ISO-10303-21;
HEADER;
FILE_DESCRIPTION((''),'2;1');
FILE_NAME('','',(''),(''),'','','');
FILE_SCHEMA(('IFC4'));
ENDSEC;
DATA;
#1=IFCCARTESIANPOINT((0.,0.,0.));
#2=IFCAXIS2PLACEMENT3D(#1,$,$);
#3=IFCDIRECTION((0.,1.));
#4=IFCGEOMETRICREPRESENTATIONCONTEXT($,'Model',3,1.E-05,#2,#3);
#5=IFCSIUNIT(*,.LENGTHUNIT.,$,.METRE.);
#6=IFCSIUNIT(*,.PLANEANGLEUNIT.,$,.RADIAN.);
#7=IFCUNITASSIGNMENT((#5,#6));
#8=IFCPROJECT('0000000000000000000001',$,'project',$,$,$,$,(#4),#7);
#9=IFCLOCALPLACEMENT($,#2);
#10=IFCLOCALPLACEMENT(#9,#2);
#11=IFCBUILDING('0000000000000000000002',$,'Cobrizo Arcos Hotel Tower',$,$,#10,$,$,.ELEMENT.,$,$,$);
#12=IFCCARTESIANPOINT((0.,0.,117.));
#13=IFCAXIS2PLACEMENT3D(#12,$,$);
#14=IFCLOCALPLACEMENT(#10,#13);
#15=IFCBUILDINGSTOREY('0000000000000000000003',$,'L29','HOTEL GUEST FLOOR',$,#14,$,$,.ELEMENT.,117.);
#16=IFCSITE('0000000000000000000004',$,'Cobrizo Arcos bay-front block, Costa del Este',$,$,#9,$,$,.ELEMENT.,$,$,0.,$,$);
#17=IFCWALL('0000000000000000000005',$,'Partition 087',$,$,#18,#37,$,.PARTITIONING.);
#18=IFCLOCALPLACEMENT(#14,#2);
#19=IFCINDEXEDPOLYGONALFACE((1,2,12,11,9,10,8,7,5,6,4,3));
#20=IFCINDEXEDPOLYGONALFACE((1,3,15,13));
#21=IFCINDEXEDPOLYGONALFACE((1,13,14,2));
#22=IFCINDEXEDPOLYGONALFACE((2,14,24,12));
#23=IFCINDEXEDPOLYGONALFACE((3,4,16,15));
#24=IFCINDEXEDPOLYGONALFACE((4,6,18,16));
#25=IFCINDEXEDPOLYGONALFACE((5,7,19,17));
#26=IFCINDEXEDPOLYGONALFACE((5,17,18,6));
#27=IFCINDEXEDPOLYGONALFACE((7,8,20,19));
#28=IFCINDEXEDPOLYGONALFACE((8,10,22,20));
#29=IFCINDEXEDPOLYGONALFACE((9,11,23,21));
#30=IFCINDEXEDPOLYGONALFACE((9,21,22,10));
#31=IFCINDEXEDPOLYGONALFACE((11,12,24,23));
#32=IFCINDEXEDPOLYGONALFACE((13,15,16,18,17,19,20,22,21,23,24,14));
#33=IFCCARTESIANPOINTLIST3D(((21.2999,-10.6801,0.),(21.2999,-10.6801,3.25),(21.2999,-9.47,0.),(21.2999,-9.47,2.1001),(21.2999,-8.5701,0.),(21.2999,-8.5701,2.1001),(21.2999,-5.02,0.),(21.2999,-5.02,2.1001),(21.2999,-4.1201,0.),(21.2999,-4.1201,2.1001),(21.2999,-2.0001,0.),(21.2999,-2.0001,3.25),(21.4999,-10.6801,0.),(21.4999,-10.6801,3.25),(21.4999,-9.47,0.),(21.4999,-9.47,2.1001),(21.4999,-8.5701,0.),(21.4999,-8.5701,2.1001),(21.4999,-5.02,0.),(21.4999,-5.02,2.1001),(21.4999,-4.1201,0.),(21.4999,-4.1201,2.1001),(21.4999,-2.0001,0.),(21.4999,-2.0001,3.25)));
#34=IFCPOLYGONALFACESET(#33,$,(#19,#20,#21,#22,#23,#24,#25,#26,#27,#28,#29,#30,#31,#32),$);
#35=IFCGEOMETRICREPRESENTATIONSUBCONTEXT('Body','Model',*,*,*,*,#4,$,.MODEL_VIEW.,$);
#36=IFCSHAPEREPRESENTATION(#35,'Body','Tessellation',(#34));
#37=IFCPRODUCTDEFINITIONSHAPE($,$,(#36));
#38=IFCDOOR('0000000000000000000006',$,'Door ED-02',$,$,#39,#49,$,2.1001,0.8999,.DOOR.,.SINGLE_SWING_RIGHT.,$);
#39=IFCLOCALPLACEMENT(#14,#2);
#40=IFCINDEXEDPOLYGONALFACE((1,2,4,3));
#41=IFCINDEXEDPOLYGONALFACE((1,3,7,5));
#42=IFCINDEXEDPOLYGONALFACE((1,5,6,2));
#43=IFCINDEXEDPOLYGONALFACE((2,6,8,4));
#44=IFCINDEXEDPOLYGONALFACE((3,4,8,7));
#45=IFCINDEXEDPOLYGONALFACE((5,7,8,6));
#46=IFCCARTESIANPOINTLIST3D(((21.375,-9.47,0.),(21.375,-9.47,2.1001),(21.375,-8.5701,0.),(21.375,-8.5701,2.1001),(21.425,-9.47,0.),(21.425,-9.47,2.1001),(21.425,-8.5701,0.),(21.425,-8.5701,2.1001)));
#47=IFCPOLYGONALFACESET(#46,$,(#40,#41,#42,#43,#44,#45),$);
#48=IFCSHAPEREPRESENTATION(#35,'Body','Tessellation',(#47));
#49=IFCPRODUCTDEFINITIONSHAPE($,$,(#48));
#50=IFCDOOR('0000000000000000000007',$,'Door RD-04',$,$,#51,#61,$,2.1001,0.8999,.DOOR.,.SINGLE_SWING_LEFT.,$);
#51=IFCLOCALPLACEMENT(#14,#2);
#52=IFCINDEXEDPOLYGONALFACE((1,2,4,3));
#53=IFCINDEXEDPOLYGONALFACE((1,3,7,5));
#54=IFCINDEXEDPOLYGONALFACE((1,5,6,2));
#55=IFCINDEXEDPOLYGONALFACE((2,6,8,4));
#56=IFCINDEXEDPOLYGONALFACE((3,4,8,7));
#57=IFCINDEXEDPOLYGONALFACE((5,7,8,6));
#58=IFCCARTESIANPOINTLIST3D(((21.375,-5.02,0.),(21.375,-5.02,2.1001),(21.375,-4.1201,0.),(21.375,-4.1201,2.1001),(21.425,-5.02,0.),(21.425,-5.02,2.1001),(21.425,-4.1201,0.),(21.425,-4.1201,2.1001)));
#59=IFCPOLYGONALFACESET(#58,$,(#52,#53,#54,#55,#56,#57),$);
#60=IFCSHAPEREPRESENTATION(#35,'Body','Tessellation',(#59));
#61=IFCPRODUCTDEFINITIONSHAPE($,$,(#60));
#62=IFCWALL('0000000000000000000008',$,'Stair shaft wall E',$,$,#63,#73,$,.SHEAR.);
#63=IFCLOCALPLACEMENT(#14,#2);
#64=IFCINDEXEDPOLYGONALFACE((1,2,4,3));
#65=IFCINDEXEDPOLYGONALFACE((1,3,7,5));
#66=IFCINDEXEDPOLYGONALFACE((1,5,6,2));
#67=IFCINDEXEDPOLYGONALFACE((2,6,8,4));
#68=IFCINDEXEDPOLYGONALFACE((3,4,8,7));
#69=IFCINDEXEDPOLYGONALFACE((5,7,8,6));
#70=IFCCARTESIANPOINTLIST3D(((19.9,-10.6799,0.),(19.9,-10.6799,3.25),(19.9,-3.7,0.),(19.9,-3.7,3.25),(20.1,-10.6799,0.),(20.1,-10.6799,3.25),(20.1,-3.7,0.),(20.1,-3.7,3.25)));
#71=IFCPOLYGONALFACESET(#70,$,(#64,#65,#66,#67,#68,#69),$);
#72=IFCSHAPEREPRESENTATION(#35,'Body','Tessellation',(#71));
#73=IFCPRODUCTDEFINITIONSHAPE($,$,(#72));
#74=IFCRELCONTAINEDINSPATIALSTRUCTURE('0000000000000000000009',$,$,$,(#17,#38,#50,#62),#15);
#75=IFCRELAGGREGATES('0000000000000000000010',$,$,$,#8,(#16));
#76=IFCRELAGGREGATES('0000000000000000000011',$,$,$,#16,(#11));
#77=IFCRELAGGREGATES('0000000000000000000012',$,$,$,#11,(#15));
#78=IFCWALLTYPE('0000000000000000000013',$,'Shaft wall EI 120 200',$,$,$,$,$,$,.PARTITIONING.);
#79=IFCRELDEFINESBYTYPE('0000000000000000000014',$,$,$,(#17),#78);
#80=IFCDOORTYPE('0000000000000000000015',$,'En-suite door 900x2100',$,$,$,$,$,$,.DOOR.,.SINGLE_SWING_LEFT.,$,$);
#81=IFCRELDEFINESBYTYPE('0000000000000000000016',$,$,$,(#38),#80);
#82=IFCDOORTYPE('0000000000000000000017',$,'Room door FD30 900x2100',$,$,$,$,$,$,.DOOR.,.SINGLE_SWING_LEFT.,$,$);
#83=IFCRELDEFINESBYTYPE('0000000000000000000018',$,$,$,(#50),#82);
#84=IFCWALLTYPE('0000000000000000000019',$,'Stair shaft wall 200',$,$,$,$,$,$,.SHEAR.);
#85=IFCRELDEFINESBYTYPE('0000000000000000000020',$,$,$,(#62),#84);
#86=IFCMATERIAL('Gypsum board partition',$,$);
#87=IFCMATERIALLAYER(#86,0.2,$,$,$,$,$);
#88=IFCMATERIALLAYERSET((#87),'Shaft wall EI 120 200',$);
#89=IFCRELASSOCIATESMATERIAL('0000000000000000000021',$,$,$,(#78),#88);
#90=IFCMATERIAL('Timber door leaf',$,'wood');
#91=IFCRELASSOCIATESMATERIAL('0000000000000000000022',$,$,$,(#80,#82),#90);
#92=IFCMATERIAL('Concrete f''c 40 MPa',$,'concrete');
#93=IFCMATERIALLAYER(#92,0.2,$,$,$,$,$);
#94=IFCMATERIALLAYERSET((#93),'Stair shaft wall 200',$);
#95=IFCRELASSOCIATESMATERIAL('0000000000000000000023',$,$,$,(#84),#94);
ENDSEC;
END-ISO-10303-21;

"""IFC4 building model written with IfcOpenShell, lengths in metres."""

from ifc_helpers import new_model, si_unit, direction, frame, frame_2d, origin, place, context, subcontext, project, spatial, rectangle, extrude, material, layer, layer_set, type_object, element, fill, save


model = new_model("IFC4")

# Units and contexts
model_context = context("Model", 3, precision=1e-05, world=origin(), true_north=direction((0.0, 1.0)))
body_context = subcontext(model_context, "Body", "Model", "MODEL_VIEW")
ifc_project = project(units=[si_unit("LENGTHUNIT", "METRE"), si_unit("PLANEANGLEUNIT", "RADIAN")], contexts=[model_context])

# Site, building, storey
site_placement = place(None, origin())
site = spatial("IfcSite", under=ifc_project, at=site_placement, Name="Cobrizo Arcos bay-front block, Costa del Este", CompositionType="ELEMENT", RefElevation=0.0)
building_placement = place(site_placement, origin())
building = spatial("IfcBuilding", under=site, at=building_placement, Name="Cobrizo Arcos Hotel Tower", CompositionType="ELEMENT")
storey_placement = place(building_placement, frame((0.0, 0.0, 117.0)))
storey = spatial("IfcBuildingStorey", under=building, at=storey_placement, Name="L29", Description="HOTEL GUEST FLOOR", CompositionType="ELEMENT", Elevation=117.0)

# Shared definitions
ifc_material_1 = material(Name="Gypsum board partition")

# Shared definitions
ifc_material_2 = material(Name="Timber door leaf", Category="wood")

# Wall, openings, doors
ifc_layer_1 = layer(ifc_material_1, 0.2)
ifc_layer_set_1 = layer_set([ifc_layer_1], Name="Shaft wall EI 120 200")
wall_type_1 = type_object("IfcWallType", Name="Shaft wall EI 120 200", PredefinedType="PARTITIONING", material=ifc_layer_set_1)
wall_1_placement = place(storey_placement, frame((21.3999, -10.6799, 0.0), z_axis=(0.0, 0.0, 1.0), x_axis=(0.0, 1.0, 0.0)))
wall_1 = element("IfcWall", 1, at=wall_1_placement, inside=storey, type_object=wall_type_1, Name="Partition 087", PredefinedType="PARTITIONING", context=body_context, shape_type="SweptSolid", body=[
    extrude(rectangle(XDim=8.6799, YDim=0.2, at=frame_2d((4.3398, 0.0))), origin(), (0.0, 0.0, 1.0), 3.25),
])
opening_1_placement = place(wall_1_placement, frame((1.21, 0.0, 0.0)))
opening_1 = element("IfcOpeningElement", 2, at=opening_1_placement, cuts=wall_1, PredefinedType="OPENING", context=body_context, shape_type="SweptSolid", body=[
    extrude(rectangle(XDim=0.8999, YDim=2.1001, at=frame_2d((0.45, 1.05))), frame((0.0, 0.1121, 0.0), z_axis=(0.0, -1.0, 0.0), x_axis=(1.0, 0.0, 0.0)), (0.0, 0.0, 1.0), 0.2239),
])
opening_2_placement = place(wall_1_placement, frame((5.6599, 0.0, 0.0)))
opening_2 = element("IfcOpeningElement", 3, at=opening_2_placement, cuts=wall_1, PredefinedType="OPENING", context=body_context, shape_type="SweptSolid", body=[
    extrude(rectangle(XDim=0.8999, YDim=2.1001, at=frame_2d((0.45, 1.05))), frame((0.0, 0.1121, 0.0), z_axis=(0.0, -1.0, 0.0), x_axis=(1.0, 0.0, 0.0)), (0.0, 0.0, 1.0), 0.2239),
])
door_type_1 = type_object("IfcDoorType", Name="En-suite door 900x2100", OperationType="SINGLE_SWING_LEFT", PredefinedType="DOOR", material=ifc_material_2)
door_1_placement = place(opening_1_placement, origin())
door_1 = element("IfcDoor", 4, at=door_1_placement, inside=storey, type_object=door_type_1, Name="Door ED-02", OperationType="SINGLE_SWING_RIGHT", OverallHeight=2.1001, OverallWidth=0.8999, PredefinedType="DOOR", context=body_context, shape_type="SweptSolid", body=[
    extrude(rectangle(XDim=0.8999, YDim=2.1001, at=frame_2d((0.45, 1.05))), frame((0.0, 0.0249, 0.0), z_axis=(0.0, -1.0, 0.0), x_axis=(1.0, 0.0, 0.0)), (0.0, 0.0, 1.0), 0.05),
])
fill(opening_1, door_1)
door_type_2 = type_object("IfcDoorType", Name="Room door FD30 900x2100", OperationType="SINGLE_SWING_LEFT", PredefinedType="DOOR", material=ifc_material_2)
door_2_placement = place(opening_2_placement, origin())
door_2 = element("IfcDoor", 5, at=door_2_placement, inside=storey, type_object=door_type_2, Name="Door RD-04", OperationType="SINGLE_SWING_LEFT", OverallHeight=2.1001, OverallWidth=0.8999, PredefinedType="DOOR", context=body_context, shape_type="SweptSolid", body=[
    extrude(rectangle(XDim=0.8999, YDim=2.1001, at=frame_2d((0.45, 1.05))), frame((0.0, 0.0249, 0.0), z_axis=(0.0, -1.0, 0.0), x_axis=(1.0, 0.0, 0.0)), (0.0, 0.0, 1.0), 0.05),
])
fill(opening_2, door_2)

# Wall
ifc_material_3 = material(Name="Concrete f'c 40 MPa", Category="concrete")
ifc_layer_2 = layer(ifc_material_3, 0.2)
ifc_layer_set_2 = layer_set([ifc_layer_2], Name="Stair shaft wall 200")
wall_type_2 = type_object("IfcWallType", Name="Stair shaft wall 200", PredefinedType="SHEAR", material=ifc_layer_set_2)
wall_2_placement = place(storey_placement, frame((20.0, -10.6799, 0.0), z_axis=(0.0, 0.0, 1.0), x_axis=(0.0, 1.0, 0.0)))
element("IfcWall", 6, at=wall_2_placement, inside=storey, type_object=wall_type_2, Name="Stair shaft wall E", PredefinedType="SHEAR", context=body_context, shape_type="SweptSolid", body=[
    extrude(rectangle(XDim=6.98, YDim=0.2, at=frame_2d((3.49, 0.0))), origin(), (0.0, 0.0, 1.0), 3.25),
])

save(model, "model.ifc")
